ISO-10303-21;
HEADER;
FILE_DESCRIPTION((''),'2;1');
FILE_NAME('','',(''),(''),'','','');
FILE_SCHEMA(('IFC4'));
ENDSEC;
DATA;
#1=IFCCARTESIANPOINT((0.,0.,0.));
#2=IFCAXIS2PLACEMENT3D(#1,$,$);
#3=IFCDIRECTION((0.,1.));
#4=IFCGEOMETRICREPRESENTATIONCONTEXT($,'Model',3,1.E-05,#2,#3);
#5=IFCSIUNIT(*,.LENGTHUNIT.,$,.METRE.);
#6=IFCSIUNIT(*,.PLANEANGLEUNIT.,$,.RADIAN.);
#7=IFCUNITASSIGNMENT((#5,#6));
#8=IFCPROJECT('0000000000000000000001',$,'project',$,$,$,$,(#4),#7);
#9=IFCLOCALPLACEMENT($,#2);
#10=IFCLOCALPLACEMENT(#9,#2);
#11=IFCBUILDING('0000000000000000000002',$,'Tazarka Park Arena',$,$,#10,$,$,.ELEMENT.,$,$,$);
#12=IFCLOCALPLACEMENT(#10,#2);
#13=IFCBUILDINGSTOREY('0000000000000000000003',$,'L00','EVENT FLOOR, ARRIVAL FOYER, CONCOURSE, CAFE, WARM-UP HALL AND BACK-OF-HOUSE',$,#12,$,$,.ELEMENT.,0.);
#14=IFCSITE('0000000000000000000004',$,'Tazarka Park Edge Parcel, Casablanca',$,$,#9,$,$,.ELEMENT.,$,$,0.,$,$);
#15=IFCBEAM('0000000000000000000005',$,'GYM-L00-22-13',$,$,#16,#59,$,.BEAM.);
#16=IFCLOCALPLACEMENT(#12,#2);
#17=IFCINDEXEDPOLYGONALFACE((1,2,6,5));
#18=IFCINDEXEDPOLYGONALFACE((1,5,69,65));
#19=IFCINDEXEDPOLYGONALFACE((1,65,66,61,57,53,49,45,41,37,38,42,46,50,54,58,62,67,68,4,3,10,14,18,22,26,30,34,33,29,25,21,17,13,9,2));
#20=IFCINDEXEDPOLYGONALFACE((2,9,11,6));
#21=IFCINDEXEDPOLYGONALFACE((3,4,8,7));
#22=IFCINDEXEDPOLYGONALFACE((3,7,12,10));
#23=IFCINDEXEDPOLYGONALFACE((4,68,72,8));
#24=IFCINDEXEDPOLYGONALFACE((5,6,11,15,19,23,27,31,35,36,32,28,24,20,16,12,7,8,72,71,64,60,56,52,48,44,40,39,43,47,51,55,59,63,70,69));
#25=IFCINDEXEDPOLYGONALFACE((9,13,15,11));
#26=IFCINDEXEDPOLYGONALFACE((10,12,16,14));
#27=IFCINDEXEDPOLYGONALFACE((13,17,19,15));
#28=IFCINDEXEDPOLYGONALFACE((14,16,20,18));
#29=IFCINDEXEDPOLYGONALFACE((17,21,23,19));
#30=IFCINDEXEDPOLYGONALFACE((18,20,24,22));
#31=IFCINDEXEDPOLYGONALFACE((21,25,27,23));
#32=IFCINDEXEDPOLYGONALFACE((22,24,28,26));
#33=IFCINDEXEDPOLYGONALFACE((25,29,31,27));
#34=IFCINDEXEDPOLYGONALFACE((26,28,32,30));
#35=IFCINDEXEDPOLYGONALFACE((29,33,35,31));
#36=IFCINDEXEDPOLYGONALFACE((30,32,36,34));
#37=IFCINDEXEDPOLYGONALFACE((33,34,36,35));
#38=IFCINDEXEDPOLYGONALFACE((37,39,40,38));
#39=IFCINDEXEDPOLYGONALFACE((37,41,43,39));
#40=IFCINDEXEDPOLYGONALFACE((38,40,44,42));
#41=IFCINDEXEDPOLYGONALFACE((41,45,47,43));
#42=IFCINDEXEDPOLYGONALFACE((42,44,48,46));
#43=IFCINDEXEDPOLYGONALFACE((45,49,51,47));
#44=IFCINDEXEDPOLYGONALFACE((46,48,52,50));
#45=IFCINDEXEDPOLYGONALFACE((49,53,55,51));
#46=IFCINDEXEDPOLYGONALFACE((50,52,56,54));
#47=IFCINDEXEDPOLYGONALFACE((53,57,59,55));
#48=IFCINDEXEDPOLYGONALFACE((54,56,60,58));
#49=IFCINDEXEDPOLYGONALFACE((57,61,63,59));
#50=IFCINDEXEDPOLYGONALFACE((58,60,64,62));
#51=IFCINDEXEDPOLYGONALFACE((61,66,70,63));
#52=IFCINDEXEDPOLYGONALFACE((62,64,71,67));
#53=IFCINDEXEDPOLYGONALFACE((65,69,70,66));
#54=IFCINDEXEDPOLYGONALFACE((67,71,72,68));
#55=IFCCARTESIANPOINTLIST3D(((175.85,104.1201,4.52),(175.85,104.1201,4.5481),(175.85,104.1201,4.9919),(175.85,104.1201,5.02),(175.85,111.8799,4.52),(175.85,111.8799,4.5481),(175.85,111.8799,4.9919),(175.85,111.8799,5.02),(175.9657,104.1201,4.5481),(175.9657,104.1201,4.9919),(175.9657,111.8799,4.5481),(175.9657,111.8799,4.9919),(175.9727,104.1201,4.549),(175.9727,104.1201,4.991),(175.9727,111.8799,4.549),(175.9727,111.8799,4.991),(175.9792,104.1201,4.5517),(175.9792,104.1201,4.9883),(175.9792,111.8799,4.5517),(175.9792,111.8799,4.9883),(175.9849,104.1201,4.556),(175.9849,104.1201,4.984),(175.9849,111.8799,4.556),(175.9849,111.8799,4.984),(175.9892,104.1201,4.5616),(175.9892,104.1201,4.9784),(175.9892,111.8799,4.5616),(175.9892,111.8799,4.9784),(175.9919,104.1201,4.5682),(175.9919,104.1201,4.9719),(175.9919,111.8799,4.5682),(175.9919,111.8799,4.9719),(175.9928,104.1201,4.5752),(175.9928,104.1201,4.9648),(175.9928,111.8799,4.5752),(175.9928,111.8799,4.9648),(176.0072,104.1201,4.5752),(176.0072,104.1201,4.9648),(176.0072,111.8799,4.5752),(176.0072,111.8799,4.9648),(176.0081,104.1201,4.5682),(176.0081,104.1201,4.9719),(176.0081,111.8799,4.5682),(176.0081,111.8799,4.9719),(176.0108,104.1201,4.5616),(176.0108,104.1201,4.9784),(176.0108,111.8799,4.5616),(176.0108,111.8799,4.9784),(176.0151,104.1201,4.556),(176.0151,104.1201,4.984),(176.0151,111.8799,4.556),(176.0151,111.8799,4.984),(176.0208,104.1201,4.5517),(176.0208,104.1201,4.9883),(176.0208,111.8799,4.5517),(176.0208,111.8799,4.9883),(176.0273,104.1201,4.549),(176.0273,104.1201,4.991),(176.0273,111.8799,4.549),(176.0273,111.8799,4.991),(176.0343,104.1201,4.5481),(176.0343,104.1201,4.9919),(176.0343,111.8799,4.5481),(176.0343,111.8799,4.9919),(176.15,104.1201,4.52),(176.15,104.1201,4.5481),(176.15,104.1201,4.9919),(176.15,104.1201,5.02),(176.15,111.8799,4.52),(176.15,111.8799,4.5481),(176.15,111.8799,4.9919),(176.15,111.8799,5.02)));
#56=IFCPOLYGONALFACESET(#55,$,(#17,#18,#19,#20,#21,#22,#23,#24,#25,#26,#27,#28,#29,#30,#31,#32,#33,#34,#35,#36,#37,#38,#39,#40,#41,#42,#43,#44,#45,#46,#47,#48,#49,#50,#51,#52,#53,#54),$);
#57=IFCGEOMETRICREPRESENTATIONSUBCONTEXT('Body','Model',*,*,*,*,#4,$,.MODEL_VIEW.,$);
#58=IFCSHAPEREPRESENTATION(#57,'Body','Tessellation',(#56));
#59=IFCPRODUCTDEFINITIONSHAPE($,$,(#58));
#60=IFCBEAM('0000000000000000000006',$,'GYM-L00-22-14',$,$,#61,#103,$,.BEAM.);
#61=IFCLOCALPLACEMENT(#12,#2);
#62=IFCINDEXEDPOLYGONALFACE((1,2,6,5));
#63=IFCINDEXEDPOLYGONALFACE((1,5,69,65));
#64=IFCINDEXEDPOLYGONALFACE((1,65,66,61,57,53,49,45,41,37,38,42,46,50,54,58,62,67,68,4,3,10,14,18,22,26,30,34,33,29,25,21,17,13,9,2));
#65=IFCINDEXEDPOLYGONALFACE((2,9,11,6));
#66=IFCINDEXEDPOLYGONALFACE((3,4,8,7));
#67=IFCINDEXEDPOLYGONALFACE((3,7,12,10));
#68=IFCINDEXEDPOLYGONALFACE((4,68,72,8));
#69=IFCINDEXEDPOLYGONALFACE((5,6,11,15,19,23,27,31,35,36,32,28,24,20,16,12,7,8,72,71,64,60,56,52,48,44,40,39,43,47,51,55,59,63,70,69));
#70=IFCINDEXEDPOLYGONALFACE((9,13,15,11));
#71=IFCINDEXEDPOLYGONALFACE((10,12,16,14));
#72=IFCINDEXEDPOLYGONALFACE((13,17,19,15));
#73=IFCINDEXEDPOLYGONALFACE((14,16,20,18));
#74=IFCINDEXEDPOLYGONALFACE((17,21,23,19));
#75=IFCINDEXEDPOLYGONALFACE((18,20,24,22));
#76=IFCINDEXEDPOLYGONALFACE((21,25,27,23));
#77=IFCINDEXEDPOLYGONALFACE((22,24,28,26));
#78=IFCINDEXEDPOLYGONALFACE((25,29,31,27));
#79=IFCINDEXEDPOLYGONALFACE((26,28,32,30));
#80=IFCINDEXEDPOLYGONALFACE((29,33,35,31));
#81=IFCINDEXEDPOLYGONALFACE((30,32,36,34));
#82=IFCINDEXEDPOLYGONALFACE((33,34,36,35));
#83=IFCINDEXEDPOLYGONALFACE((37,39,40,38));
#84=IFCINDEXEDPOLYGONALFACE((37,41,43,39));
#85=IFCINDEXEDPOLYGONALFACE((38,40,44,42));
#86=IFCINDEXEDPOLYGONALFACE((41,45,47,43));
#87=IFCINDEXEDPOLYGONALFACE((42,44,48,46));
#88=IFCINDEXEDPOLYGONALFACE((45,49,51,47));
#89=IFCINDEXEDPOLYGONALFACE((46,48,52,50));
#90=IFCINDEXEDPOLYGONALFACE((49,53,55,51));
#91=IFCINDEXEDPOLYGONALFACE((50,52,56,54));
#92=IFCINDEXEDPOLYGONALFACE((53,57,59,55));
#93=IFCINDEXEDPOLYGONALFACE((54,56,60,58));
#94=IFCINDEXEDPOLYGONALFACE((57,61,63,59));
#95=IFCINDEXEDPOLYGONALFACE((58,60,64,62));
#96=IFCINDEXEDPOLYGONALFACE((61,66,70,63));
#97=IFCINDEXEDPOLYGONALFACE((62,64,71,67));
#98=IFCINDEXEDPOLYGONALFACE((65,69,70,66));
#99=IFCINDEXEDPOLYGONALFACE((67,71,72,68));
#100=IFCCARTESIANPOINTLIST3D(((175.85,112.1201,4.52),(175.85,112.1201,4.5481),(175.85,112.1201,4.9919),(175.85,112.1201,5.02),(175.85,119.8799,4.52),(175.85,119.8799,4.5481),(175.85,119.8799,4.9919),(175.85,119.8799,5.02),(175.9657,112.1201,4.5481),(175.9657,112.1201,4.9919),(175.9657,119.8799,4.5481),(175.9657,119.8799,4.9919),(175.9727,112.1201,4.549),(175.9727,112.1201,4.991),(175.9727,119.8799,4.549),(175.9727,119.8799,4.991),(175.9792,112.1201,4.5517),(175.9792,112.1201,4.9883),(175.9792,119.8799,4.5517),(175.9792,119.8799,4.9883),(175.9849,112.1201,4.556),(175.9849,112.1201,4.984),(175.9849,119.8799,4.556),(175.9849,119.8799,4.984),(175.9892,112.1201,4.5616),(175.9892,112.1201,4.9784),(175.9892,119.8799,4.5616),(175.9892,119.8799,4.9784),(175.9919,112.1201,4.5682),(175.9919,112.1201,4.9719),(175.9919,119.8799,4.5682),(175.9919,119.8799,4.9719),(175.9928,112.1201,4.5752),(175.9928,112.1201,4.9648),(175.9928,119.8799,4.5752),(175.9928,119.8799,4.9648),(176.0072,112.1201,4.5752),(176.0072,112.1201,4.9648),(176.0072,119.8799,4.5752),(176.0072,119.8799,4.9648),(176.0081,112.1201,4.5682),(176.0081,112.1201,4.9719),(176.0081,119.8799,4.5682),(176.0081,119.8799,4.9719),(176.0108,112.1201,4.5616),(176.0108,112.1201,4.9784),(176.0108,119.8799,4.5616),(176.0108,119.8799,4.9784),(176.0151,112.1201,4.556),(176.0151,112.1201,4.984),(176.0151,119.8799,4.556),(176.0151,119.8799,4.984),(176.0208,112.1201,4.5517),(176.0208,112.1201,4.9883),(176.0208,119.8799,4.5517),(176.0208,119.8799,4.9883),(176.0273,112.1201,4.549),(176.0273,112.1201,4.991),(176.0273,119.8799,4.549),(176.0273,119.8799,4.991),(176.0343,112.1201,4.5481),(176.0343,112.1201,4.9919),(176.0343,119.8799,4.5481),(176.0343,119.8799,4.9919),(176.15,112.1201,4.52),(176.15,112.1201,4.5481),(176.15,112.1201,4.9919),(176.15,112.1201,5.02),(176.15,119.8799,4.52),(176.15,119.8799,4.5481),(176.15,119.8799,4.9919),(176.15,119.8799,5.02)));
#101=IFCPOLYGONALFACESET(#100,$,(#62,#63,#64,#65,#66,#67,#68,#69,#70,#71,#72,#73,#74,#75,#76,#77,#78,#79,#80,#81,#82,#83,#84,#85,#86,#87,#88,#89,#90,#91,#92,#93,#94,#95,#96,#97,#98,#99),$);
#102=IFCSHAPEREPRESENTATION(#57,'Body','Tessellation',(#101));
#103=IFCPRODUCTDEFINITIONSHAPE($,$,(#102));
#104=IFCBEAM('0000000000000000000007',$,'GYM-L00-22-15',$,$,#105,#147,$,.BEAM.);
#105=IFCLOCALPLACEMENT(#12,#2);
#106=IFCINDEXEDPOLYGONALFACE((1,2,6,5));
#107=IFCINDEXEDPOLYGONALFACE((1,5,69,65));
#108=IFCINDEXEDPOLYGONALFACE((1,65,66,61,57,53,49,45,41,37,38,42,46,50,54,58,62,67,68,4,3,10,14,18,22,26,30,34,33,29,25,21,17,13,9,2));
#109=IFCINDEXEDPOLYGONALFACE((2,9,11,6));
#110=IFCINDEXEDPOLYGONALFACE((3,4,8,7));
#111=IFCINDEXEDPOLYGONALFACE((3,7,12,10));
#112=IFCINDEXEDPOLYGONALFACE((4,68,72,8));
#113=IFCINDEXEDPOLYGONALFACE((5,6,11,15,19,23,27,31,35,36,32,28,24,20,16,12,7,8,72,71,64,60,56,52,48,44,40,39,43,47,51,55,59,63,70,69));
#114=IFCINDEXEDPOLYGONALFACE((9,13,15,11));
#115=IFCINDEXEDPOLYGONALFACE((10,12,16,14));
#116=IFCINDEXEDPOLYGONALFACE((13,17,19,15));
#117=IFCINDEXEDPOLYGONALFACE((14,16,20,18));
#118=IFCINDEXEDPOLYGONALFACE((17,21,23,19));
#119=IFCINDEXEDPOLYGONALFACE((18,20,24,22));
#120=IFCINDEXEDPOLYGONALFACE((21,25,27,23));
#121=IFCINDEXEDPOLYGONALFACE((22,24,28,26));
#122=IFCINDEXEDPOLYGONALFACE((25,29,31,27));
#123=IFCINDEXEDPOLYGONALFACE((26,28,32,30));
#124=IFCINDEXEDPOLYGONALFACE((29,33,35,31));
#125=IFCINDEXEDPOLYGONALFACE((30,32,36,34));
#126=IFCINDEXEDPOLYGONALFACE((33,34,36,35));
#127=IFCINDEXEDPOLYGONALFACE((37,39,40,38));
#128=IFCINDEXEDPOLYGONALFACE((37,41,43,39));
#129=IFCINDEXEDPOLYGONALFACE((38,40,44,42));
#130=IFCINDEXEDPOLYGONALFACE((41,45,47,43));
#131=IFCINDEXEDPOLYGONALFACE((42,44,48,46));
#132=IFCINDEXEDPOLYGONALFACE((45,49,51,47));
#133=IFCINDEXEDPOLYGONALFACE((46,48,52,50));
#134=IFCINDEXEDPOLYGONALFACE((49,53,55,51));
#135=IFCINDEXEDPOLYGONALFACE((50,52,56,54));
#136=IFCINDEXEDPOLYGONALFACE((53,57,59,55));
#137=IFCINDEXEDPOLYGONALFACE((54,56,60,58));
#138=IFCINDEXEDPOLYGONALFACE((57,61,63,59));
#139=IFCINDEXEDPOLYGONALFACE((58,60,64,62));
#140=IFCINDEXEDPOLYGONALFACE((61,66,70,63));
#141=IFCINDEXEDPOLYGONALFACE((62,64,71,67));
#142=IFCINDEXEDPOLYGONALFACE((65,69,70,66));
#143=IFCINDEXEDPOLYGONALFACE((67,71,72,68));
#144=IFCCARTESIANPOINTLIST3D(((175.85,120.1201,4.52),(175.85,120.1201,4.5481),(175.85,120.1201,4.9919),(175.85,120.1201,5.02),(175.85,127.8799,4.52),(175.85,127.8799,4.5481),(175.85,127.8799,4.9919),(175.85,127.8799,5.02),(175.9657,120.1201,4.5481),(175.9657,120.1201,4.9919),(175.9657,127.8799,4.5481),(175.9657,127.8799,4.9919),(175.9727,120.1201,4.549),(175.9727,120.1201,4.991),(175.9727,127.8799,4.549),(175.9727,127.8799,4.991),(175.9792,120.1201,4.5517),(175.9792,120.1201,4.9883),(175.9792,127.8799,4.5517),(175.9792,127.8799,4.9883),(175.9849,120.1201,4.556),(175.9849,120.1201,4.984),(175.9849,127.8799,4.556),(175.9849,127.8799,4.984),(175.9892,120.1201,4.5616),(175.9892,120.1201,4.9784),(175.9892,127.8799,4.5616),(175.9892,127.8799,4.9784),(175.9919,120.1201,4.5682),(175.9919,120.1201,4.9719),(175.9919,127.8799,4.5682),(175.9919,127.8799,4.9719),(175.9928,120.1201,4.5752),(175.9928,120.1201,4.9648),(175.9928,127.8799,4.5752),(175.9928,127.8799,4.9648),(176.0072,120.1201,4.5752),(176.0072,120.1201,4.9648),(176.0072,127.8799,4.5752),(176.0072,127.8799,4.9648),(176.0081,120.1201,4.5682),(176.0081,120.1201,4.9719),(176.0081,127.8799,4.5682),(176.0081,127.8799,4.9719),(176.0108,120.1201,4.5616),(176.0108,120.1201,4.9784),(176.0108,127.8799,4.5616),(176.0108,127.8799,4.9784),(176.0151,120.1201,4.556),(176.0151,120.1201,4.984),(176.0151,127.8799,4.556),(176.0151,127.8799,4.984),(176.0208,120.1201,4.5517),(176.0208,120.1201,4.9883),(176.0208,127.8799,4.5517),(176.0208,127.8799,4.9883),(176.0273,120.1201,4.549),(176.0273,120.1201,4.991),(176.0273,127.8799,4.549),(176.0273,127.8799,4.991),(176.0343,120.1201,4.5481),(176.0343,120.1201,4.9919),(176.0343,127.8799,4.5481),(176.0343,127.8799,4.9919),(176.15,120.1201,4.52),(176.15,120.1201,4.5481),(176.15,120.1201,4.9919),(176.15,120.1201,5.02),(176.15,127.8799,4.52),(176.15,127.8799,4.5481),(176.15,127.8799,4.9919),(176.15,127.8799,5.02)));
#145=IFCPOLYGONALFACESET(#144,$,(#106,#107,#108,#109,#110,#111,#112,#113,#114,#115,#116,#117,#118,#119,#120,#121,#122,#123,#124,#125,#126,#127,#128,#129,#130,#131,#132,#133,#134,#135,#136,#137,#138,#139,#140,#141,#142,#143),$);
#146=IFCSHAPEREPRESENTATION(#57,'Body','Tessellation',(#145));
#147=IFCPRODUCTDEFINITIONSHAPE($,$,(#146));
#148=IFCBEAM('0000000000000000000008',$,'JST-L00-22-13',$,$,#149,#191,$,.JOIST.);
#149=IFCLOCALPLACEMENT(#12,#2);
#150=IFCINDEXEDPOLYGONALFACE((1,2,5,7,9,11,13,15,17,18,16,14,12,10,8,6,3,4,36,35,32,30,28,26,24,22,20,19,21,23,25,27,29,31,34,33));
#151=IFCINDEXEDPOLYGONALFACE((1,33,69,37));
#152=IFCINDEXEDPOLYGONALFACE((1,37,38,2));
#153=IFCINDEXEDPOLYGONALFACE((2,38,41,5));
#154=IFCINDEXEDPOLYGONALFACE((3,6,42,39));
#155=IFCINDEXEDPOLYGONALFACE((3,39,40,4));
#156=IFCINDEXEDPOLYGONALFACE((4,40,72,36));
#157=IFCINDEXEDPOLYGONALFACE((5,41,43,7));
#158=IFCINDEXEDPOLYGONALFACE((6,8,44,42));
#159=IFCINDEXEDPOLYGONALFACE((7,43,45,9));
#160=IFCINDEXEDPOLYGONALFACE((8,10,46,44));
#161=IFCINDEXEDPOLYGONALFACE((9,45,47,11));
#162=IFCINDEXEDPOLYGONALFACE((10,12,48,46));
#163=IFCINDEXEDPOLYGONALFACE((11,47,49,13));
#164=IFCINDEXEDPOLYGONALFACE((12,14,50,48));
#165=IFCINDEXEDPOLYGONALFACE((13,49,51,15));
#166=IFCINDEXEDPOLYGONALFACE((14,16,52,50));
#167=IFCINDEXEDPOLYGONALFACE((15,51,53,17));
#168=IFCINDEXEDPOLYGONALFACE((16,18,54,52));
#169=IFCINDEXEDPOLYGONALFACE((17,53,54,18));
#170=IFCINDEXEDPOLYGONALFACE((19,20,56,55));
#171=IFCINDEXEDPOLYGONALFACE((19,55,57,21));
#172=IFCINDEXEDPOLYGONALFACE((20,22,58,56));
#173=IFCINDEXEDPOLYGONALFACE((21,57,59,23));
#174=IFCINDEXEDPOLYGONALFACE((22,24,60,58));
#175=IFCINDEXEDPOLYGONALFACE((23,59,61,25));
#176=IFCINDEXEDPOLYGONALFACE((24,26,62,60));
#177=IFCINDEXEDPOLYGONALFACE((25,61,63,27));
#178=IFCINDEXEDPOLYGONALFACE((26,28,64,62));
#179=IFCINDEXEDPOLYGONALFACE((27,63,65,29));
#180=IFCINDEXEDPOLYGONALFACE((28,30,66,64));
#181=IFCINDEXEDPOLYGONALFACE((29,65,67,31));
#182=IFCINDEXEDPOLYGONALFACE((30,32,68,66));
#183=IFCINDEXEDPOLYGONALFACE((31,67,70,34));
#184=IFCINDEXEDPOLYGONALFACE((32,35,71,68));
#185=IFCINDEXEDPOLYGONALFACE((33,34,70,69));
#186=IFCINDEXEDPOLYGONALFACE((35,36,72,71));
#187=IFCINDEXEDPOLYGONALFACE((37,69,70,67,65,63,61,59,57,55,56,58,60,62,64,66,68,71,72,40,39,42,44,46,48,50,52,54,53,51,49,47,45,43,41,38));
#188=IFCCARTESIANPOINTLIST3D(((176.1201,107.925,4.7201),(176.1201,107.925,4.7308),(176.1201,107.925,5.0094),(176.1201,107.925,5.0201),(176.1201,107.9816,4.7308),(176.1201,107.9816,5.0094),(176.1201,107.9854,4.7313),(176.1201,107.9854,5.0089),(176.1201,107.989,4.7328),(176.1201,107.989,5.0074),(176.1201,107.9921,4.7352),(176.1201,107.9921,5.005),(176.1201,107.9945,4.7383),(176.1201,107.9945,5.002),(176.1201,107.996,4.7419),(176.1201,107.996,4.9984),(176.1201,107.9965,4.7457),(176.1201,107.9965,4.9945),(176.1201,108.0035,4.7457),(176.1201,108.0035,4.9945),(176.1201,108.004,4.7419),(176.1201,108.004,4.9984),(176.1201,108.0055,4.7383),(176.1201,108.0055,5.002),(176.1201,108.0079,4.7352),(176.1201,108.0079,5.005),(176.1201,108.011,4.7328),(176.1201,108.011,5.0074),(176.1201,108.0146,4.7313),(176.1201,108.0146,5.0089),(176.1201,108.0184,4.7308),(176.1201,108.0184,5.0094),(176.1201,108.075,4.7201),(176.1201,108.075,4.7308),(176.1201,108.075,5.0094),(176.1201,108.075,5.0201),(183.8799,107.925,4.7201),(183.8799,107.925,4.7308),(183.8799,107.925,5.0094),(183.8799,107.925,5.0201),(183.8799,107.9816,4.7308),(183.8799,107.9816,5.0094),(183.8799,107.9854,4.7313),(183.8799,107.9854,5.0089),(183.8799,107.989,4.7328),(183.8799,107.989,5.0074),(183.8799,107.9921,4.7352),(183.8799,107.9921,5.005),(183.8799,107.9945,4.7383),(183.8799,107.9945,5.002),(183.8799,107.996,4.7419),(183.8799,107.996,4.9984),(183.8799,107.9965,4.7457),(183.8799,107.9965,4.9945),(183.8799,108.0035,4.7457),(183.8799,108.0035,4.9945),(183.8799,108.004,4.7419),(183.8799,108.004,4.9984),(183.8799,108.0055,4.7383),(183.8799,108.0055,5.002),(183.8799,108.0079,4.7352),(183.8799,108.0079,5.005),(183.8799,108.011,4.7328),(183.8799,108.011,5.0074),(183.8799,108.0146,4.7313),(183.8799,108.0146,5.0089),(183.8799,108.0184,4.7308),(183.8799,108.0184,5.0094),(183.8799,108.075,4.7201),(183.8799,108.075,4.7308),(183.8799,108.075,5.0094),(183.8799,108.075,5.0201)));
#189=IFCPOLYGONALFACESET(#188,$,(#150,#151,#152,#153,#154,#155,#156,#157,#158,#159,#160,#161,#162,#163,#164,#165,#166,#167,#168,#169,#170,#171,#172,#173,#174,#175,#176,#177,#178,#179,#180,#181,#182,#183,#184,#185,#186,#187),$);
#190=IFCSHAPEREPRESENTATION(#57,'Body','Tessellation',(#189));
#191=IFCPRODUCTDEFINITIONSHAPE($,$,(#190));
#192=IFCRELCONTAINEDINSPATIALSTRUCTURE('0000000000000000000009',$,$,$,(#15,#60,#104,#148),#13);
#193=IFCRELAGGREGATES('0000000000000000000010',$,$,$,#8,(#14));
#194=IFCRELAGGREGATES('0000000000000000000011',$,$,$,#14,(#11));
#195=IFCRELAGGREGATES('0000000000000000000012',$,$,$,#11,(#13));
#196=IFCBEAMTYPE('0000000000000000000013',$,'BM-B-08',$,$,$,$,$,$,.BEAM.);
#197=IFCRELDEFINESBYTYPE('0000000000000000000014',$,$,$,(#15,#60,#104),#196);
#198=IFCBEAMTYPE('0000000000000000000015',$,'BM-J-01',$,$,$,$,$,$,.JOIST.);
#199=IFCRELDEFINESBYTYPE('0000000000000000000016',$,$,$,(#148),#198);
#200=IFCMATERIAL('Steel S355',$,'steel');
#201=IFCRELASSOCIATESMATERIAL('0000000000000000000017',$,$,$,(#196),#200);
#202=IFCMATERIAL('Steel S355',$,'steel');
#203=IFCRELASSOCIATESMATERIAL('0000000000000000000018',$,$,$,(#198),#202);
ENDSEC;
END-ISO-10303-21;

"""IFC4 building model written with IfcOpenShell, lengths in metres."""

from ifc_helpers import new_model, si_unit, direction, frame, origin, origin_2d, place, context, subcontext, project, spatial, i_section, extrude, material, material_profile, profile_set, type_object, element, save


model = new_model("IFC4")

# Units and contexts
model_context = context("Model", 3, precision=1e-05, world=origin(), true_north=direction((0.0, 1.0)))
body_context = subcontext(model_context, "Body", "Model", "MODEL_VIEW")
ifc_project = project(units=[si_unit("LENGTHUNIT", "METRE"), si_unit("PLANEANGLEUNIT", "RADIAN")], contexts=[model_context])

# Site, building, storey
site_placement = place(None, origin())
site = spatial("IfcSite", under=ifc_project, at=site_placement, Name="Tazarka Park Edge Parcel, Casablanca", CompositionType="ELEMENT", RefElevation=0.0)
building_placement = place(site_placement, origin())
building = spatial("IfcBuilding", under=site, at=building_placement, Name="Tazarka Park Arena", CompositionType="ELEMENT")
storey_placement = place(building_placement, origin())
storey = spatial("IfcBuildingStorey", under=building, at=storey_placement, Name="L00", Description="EVENT FLOOR, ARRIVAL FOYER, CONCOURSE, CAFE, WARM-UP HALL AND BACK-OF-HOUSE", CompositionType="ELEMENT", Elevation=0.0)

# Beams
ifc_material_1 = material(Name="Steel S355", Category="steel")
ifc_material_profile_1 = material_profile(ifc_material_1, i_section(OverallWidth=0.3, OverallDepth=0.5, WebThickness=0.0144, FlangeThickness=0.0281, FilletRadius=0.0271, at=origin_2d()), Name="Steel S355")
ifc_profile_set_1 = profile_set([ifc_material_profile_1], Name="Steel S355")
beam_type_1 = type_object("IfcBeamType", Name="BM-B-08", PredefinedType="BEAM", material=ifc_profile_set_1)
for number, where, z_axis, x_axis, name in (
    (1, (176.0, 104.1201, 4.77), (0.0, 1.0, 0.0), (-1.0, 0.0, 0.0), "GYM-L00-22-13"),
    (2, (176.0, 112.1201, 4.77), (0.0, 1.0, 0.0), (-1.0, 0.0, 0.0), "GYM-L00-22-14"),
    (3, (176.0, 120.1201, 4.77), (0.0, 1.0, 0.0), (-1.0, 0.0, 0.0), "GYM-L00-22-15"),
):
    element("IfcBeam", number, at=place(storey_placement, frame(where, z_axis=z_axis, x_axis=x_axis)), inside=storey, type_object=beam_type_1, Name=name, PredefinedType="BEAM", context=body_context, shape_type="SweptSolid", body=[
        extrude(i_section(OverallWidth=0.3, OverallDepth=0.5, WebThickness=0.0144, FlangeThickness=0.0281, FilletRadius=0.0271, at=origin_2d()), origin(), (0.0, 0.0, 1.0), 7.7598),
    ])
ifc_material_2 = material(Name="Steel S355", Category="steel")
ifc_material_profile_2 = material_profile(ifc_material_2, i_section(OverallWidth=0.1499, OverallDepth=0.3, WebThickness=0.0071, FlangeThickness=0.0107, FilletRadius=0.0149, at=origin_2d()), Name="Steel S355")
ifc_profile_set_2 = profile_set([ifc_material_profile_2], Name="Steel S355")
beam_type_2 = type_object("IfcBeamType", Name="BM-J-01", PredefinedType="JOIST", material=ifc_profile_set_2)
beam_1_placement = place(storey_placement, frame((176.1201, 108.0, 4.8701), z_axis=(1.0, 0.0, 0.0), x_axis=(0.0, 1.0, 0.0)))
element("IfcBeam", 4, at=beam_1_placement, inside=storey, type_object=beam_type_2, Name="JST-L00-22-13", PredefinedType="JOIST", context=body_context, shape_type="SweptSolid", body=[
    extrude(i_section(OverallWidth=0.1499, OverallDepth=0.3, WebThickness=0.0071, FlangeThickness=0.0107, FilletRadius=0.0149, at=origin_2d()), origin(), (0.0, 0.0, 1.0), 7.7598),
])

save(model, "model.ifc")
